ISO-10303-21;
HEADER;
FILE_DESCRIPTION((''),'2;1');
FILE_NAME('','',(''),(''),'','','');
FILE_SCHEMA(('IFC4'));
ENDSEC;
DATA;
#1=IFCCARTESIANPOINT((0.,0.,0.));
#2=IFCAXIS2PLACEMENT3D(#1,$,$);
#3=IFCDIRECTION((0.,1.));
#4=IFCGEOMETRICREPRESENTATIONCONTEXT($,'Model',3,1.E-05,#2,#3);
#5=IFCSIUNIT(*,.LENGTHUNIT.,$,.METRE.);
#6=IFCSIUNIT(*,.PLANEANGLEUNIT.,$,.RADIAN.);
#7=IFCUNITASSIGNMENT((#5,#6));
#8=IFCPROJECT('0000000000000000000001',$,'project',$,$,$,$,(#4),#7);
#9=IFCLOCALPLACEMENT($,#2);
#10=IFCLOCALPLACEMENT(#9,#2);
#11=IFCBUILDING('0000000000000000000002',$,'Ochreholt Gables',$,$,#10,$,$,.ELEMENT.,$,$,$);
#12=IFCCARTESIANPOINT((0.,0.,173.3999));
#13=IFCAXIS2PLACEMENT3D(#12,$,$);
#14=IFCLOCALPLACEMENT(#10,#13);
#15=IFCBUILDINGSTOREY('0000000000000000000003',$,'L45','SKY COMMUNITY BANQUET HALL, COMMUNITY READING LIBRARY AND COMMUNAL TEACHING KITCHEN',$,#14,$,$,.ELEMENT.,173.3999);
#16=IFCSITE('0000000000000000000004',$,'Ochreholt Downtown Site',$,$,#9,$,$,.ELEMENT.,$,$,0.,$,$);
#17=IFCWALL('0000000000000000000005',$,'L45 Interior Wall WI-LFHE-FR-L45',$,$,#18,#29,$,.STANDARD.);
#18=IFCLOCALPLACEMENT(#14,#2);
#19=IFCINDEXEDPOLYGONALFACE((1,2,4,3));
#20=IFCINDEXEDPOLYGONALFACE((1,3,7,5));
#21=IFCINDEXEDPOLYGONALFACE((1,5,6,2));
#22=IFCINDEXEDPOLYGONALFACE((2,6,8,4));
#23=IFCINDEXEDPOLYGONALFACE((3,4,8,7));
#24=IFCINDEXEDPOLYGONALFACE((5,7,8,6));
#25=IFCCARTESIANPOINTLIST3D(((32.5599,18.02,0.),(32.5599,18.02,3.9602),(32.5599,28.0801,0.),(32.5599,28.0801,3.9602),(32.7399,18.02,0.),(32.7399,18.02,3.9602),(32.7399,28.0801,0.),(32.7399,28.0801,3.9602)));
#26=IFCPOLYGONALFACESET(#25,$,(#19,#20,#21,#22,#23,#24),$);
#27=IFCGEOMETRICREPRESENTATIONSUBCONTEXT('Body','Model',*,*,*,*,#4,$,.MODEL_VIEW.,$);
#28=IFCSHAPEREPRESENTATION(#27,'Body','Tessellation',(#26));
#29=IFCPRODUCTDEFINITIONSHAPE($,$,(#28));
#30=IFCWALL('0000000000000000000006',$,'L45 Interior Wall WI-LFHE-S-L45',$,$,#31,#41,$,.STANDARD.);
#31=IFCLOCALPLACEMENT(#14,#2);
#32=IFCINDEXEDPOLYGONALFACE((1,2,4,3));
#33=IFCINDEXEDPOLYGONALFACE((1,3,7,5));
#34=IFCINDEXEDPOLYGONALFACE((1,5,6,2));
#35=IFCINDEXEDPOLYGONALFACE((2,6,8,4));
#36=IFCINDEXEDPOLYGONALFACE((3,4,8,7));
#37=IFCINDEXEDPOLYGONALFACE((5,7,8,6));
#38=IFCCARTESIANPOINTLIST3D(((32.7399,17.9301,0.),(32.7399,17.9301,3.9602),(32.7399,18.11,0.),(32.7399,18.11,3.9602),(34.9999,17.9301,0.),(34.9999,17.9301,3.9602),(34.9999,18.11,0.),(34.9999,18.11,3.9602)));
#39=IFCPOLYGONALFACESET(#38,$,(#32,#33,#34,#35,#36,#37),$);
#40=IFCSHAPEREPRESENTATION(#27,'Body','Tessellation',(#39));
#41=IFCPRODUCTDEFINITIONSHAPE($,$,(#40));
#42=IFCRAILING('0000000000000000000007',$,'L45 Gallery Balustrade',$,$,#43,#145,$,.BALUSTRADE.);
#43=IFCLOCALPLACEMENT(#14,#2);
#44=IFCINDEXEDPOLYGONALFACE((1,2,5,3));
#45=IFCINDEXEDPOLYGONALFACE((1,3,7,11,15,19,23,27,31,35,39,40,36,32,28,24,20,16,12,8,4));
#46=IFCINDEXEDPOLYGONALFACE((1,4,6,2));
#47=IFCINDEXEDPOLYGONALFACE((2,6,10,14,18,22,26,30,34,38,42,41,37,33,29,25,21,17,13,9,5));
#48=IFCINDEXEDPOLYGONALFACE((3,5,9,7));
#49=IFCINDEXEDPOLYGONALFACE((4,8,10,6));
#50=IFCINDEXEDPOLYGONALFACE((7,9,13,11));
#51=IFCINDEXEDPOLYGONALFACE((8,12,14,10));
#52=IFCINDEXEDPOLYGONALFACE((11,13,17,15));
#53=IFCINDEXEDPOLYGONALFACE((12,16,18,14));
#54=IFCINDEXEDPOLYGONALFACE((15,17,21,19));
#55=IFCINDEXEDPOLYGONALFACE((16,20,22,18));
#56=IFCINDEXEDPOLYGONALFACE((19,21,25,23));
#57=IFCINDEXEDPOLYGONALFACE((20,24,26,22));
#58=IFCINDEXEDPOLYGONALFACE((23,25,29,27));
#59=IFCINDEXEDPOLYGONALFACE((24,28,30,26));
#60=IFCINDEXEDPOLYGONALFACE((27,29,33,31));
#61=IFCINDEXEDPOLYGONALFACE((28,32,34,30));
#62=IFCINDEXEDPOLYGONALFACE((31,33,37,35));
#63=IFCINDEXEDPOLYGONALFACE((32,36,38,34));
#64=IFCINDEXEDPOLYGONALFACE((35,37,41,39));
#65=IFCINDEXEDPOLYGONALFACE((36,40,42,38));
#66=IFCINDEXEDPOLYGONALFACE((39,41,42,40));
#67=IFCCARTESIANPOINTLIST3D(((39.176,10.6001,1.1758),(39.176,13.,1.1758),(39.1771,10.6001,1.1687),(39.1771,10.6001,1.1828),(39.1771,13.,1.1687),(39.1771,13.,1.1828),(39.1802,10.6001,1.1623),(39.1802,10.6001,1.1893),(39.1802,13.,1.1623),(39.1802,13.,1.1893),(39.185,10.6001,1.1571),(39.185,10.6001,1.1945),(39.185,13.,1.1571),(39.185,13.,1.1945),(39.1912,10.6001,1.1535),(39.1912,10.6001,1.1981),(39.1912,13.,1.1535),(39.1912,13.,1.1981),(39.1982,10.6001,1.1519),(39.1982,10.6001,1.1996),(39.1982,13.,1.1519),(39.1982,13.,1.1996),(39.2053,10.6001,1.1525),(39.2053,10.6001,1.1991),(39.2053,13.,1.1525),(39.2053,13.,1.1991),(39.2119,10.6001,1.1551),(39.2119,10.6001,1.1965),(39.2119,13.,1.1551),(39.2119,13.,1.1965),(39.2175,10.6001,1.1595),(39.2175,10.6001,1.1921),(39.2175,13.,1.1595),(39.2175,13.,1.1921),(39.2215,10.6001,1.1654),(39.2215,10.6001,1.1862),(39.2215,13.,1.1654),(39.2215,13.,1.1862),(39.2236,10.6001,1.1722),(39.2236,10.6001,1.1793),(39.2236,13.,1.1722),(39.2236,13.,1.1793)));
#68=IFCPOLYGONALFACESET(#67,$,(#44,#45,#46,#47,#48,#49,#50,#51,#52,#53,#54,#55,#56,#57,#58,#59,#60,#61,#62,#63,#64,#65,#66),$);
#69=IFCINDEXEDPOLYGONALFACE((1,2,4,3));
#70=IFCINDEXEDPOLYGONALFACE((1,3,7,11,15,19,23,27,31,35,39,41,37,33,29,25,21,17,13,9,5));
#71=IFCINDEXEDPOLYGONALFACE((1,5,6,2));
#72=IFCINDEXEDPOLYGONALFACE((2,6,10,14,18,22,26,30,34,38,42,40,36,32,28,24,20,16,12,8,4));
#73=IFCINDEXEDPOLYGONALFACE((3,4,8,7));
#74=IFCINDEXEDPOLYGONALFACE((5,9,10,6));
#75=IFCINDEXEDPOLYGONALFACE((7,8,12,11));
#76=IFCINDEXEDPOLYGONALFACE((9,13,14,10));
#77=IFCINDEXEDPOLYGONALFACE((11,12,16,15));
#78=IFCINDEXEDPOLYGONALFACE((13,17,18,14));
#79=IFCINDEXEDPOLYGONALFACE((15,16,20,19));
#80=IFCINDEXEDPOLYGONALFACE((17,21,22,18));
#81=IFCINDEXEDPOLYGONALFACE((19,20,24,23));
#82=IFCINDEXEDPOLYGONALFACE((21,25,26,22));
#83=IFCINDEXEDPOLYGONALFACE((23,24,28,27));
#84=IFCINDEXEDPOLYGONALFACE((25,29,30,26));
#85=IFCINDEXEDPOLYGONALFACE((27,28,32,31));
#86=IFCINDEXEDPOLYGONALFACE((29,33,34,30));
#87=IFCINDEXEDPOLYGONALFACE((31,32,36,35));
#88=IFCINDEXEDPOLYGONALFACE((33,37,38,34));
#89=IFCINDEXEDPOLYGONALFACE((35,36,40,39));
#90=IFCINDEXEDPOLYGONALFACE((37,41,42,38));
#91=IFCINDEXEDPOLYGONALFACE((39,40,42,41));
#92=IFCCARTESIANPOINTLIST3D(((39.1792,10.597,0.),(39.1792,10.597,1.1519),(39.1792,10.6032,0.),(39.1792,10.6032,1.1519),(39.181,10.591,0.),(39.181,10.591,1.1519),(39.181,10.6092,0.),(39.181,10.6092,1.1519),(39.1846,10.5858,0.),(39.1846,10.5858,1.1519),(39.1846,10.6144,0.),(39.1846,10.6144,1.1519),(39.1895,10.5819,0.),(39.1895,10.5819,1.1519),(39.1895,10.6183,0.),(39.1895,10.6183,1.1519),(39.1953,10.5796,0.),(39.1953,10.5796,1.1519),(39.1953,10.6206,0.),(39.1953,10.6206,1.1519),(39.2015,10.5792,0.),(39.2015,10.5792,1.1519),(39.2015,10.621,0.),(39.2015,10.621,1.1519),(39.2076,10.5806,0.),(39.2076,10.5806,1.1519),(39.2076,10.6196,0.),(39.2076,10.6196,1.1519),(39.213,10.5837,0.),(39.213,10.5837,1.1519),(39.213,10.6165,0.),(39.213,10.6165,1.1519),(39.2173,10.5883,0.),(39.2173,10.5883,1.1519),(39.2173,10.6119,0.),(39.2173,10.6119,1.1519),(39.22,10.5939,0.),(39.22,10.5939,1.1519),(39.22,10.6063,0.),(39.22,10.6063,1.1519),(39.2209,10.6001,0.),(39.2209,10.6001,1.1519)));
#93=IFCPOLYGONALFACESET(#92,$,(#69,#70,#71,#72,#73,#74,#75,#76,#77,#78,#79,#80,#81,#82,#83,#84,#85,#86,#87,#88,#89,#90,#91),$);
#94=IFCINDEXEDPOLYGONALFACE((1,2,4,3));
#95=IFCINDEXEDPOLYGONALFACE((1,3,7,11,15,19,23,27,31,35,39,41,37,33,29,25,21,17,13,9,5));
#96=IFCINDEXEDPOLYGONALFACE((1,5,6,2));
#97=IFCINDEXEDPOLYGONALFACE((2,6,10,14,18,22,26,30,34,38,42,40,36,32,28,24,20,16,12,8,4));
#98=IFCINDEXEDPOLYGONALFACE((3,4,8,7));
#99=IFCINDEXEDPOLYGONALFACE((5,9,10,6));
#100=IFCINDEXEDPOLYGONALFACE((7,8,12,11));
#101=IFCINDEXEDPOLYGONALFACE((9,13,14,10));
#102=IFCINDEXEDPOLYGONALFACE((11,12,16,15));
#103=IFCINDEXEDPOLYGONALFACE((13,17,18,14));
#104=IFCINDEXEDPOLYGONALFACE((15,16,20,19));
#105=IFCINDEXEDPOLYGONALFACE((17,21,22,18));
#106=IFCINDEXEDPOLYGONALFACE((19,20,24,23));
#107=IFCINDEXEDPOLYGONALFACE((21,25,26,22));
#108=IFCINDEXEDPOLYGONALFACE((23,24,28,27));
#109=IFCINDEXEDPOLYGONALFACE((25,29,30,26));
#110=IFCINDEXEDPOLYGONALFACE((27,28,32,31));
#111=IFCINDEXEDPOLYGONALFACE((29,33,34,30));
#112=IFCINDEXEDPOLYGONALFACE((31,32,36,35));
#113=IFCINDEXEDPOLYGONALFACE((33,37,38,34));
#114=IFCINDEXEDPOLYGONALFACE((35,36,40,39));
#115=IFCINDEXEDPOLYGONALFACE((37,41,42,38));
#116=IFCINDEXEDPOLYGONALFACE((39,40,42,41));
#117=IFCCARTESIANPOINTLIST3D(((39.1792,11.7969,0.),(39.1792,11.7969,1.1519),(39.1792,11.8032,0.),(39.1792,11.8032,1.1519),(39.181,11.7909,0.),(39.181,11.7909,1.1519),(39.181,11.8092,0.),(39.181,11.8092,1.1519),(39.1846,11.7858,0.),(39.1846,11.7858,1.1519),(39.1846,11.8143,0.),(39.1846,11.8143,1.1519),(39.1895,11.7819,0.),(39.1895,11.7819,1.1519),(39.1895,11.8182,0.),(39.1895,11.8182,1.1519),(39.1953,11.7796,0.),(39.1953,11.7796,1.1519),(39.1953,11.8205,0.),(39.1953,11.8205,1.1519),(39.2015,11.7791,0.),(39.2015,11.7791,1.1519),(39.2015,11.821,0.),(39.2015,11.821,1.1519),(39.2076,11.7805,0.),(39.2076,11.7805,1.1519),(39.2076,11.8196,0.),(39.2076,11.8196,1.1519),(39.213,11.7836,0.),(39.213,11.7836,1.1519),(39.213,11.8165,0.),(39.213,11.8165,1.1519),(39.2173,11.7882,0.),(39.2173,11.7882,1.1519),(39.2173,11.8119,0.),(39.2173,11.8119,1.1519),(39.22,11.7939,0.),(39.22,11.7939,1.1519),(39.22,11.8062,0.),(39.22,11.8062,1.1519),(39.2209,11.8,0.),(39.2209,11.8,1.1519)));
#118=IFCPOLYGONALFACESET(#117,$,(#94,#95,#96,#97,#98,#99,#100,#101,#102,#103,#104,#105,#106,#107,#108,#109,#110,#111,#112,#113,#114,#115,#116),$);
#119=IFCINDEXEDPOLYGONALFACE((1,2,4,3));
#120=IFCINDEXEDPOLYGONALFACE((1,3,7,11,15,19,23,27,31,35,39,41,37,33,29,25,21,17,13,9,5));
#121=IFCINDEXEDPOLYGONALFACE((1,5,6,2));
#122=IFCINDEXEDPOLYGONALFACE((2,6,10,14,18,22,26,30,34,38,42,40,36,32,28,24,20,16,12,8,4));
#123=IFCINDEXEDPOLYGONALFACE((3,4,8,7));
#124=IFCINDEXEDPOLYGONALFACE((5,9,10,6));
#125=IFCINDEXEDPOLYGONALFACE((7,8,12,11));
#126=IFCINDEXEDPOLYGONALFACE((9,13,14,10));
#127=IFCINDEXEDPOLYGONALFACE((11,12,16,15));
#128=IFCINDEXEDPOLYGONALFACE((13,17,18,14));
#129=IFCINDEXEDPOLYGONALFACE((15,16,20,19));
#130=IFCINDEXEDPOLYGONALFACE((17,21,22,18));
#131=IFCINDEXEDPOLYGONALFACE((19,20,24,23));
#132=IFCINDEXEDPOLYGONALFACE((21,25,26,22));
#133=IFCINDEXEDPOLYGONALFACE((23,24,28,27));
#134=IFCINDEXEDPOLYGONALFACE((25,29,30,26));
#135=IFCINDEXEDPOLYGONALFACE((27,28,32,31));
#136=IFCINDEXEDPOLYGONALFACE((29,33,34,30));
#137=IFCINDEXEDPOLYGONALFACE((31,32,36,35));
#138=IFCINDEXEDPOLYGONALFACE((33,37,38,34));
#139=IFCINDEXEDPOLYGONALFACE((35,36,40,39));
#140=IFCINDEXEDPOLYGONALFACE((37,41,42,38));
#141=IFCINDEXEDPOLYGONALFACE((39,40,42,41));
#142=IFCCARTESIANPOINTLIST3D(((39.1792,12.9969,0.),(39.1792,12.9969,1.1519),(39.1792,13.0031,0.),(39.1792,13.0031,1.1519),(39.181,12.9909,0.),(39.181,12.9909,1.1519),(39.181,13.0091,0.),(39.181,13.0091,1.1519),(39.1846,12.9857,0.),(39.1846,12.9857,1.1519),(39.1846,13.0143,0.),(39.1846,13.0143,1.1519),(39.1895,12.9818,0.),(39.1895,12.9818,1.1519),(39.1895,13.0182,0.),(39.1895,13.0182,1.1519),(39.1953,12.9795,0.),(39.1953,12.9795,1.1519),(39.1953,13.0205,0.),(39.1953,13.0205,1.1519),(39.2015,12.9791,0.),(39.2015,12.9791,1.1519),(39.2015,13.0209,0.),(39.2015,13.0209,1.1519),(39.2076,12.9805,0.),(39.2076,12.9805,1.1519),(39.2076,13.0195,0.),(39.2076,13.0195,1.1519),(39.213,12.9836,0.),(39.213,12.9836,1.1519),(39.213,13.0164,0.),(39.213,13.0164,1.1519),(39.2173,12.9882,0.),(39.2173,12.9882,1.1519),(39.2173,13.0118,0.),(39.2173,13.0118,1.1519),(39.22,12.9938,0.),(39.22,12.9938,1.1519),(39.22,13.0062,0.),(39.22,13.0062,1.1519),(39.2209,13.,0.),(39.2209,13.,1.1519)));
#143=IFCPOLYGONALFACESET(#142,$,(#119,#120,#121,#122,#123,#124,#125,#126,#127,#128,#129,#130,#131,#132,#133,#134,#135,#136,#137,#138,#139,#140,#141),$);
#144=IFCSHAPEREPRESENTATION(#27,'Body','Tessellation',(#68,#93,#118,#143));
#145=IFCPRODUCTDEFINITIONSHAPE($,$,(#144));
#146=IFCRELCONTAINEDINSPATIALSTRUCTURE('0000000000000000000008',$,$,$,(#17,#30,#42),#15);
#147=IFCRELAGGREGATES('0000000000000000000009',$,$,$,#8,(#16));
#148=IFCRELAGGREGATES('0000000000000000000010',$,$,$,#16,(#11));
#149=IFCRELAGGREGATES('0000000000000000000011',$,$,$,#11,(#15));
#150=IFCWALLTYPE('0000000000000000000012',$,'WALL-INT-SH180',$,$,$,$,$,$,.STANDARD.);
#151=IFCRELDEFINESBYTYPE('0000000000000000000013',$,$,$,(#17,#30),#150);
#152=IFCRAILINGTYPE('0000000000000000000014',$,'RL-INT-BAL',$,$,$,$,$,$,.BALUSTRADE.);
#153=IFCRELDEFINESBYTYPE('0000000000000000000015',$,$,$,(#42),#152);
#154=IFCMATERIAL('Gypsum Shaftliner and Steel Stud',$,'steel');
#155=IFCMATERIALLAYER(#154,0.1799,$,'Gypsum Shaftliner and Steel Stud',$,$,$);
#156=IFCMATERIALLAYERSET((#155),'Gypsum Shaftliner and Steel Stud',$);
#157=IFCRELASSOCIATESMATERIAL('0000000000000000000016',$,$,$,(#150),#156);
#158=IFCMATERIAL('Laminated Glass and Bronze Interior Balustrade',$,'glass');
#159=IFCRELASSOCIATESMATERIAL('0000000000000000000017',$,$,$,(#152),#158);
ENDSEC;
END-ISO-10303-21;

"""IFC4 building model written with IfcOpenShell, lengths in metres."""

from ifc_helpers import new_model, si_unit, direction, frame, frame_2d, origin, origin_2d, place, context, subcontext, project, spatial, rectangle, circle, extrude, material, layer, layer_set, type_object, element, save


model = new_model("IFC4")

# Units and contexts
model_context = context("Model", 3, precision=1e-05, world=origin(), true_north=direction((0.0, 1.0)))
body_context = subcontext(model_context, "Body", "Model", "MODEL_VIEW")
ifc_project = project(units=[si_unit("LENGTHUNIT", "METRE"), si_unit("PLANEANGLEUNIT", "RADIAN")], contexts=[model_context])

# Site, building, storey
site_placement = place(None, origin())
site = spatial("IfcSite", under=ifc_project, at=site_placement, Name="Ochreholt Downtown Site", CompositionType="ELEMENT", RefElevation=0.0)
building_placement = place(site_placement, origin())
building = spatial("IfcBuilding", under=site, at=building_placement, Name="Ochreholt Gables", CompositionType="ELEMENT")
storey_placement = place(building_placement, frame((0.0, 0.0, 173.3999)))
storey = spatial("IfcBuildingStorey", under=building, at=storey_placement, Name="L45", Description="SKY COMMUNITY BANQUET HALL, COMMUNITY READING LIBRARY AND COMMUNAL TEACHING KITCHEN", CompositionType="ELEMENT", Elevation=173.3999)

# Walls
ifc_material_1 = material(Name="Gypsum Shaftliner and Steel Stud", Category="steel")
ifc_layer_1 = layer(ifc_material_1, 0.1799, Name="Gypsum Shaftliner and Steel Stud")
ifc_layer_set_1 = layer_set([ifc_layer_1], Name="Gypsum Shaftliner and Steel Stud")
wall_type_1 = type_object("IfcWallType", Name="WALL-INT-SH180", PredefinedType="STANDARD", material=ifc_layer_set_1)
wall_1_placement = place(storey_placement, frame((32.6499, 18.02, 0.0), z_axis=(0.0, 0.0, 1.0), x_axis=(0.0, 1.0, 0.0)))
element("IfcWall", 1, at=wall_1_placement, inside=storey, type_object=wall_type_1, Name="L45 Interior Wall WI-LFHE-FR-L45", PredefinedType="STANDARD", context=body_context, shape_type="SweptSolid", body=[
    extrude(rectangle(XDim=10.0601, YDim=0.1799, at=frame_2d((5.03, 0.0))), origin(), (0.0, 0.0, 1.0), 3.9602),
])
wall_2_placement = place(storey_placement, frame((32.74, 18.02, 0.0), z_axis=(0.0, 0.0, 1.0), x_axis=(1.0, 0.0, 0.0)))
element("IfcWall", 2, at=wall_2_placement, inside=storey, type_object=wall_type_1, Name="L45 Interior Wall WI-LFHE-S-L45", PredefinedType="STANDARD", context=body_context, shape_type="SweptSolid", body=[
    extrude(rectangle(XDim=2.26, YDim=0.1799, at=frame_2d((1.1299, 0.0))), origin(), (0.0, 0.0, 1.0), 3.9602),
])

# Railing
ifc_material_2 = material(Name="Laminated Glass and Bronze Interior Balustrade", Category="glass")
railing_type = type_object("IfcRailingType", Name="RL-INT-BAL", PredefinedType="BALUSTRADE", material=ifc_material_2)
railing_placement = place(storey_placement, frame((39.2, 10.6001, 0.0)))
element("IfcRailing", 3, at=railing_placement, inside=storey, type_object=railing_type, Name="L45 Gallery Balustrade", PredefinedType="BALUSTRADE", context=body_context, shape_type="SweptSolid", body=[
    extrude(circle(Radius=0.0239, at=origin_2d()), frame((0.0, 0.0, 1.1758), z_axis=(0.0, 1.0, 0.0), x_axis=(-1.0, 0.0, 0.0)), (0.0, 0.0, 1.0), 2.3999),
    extrude(circle(Radius=0.021, at=origin_2d()), origin(), (0.0, 0.0, 1.0), 1.1519),
    extrude(circle(Radius=0.021, at=origin_2d()), frame((0.0, 1.2, 0.0)), (0.0, 0.0, 1.0), 1.1519),
    extrude(circle(Radius=0.021, at=origin_2d()), frame((0.0, 2.3999, 0.0)), (0.0, 0.0, 1.0), 1.1519),
])

save(model, "model.ifc")
